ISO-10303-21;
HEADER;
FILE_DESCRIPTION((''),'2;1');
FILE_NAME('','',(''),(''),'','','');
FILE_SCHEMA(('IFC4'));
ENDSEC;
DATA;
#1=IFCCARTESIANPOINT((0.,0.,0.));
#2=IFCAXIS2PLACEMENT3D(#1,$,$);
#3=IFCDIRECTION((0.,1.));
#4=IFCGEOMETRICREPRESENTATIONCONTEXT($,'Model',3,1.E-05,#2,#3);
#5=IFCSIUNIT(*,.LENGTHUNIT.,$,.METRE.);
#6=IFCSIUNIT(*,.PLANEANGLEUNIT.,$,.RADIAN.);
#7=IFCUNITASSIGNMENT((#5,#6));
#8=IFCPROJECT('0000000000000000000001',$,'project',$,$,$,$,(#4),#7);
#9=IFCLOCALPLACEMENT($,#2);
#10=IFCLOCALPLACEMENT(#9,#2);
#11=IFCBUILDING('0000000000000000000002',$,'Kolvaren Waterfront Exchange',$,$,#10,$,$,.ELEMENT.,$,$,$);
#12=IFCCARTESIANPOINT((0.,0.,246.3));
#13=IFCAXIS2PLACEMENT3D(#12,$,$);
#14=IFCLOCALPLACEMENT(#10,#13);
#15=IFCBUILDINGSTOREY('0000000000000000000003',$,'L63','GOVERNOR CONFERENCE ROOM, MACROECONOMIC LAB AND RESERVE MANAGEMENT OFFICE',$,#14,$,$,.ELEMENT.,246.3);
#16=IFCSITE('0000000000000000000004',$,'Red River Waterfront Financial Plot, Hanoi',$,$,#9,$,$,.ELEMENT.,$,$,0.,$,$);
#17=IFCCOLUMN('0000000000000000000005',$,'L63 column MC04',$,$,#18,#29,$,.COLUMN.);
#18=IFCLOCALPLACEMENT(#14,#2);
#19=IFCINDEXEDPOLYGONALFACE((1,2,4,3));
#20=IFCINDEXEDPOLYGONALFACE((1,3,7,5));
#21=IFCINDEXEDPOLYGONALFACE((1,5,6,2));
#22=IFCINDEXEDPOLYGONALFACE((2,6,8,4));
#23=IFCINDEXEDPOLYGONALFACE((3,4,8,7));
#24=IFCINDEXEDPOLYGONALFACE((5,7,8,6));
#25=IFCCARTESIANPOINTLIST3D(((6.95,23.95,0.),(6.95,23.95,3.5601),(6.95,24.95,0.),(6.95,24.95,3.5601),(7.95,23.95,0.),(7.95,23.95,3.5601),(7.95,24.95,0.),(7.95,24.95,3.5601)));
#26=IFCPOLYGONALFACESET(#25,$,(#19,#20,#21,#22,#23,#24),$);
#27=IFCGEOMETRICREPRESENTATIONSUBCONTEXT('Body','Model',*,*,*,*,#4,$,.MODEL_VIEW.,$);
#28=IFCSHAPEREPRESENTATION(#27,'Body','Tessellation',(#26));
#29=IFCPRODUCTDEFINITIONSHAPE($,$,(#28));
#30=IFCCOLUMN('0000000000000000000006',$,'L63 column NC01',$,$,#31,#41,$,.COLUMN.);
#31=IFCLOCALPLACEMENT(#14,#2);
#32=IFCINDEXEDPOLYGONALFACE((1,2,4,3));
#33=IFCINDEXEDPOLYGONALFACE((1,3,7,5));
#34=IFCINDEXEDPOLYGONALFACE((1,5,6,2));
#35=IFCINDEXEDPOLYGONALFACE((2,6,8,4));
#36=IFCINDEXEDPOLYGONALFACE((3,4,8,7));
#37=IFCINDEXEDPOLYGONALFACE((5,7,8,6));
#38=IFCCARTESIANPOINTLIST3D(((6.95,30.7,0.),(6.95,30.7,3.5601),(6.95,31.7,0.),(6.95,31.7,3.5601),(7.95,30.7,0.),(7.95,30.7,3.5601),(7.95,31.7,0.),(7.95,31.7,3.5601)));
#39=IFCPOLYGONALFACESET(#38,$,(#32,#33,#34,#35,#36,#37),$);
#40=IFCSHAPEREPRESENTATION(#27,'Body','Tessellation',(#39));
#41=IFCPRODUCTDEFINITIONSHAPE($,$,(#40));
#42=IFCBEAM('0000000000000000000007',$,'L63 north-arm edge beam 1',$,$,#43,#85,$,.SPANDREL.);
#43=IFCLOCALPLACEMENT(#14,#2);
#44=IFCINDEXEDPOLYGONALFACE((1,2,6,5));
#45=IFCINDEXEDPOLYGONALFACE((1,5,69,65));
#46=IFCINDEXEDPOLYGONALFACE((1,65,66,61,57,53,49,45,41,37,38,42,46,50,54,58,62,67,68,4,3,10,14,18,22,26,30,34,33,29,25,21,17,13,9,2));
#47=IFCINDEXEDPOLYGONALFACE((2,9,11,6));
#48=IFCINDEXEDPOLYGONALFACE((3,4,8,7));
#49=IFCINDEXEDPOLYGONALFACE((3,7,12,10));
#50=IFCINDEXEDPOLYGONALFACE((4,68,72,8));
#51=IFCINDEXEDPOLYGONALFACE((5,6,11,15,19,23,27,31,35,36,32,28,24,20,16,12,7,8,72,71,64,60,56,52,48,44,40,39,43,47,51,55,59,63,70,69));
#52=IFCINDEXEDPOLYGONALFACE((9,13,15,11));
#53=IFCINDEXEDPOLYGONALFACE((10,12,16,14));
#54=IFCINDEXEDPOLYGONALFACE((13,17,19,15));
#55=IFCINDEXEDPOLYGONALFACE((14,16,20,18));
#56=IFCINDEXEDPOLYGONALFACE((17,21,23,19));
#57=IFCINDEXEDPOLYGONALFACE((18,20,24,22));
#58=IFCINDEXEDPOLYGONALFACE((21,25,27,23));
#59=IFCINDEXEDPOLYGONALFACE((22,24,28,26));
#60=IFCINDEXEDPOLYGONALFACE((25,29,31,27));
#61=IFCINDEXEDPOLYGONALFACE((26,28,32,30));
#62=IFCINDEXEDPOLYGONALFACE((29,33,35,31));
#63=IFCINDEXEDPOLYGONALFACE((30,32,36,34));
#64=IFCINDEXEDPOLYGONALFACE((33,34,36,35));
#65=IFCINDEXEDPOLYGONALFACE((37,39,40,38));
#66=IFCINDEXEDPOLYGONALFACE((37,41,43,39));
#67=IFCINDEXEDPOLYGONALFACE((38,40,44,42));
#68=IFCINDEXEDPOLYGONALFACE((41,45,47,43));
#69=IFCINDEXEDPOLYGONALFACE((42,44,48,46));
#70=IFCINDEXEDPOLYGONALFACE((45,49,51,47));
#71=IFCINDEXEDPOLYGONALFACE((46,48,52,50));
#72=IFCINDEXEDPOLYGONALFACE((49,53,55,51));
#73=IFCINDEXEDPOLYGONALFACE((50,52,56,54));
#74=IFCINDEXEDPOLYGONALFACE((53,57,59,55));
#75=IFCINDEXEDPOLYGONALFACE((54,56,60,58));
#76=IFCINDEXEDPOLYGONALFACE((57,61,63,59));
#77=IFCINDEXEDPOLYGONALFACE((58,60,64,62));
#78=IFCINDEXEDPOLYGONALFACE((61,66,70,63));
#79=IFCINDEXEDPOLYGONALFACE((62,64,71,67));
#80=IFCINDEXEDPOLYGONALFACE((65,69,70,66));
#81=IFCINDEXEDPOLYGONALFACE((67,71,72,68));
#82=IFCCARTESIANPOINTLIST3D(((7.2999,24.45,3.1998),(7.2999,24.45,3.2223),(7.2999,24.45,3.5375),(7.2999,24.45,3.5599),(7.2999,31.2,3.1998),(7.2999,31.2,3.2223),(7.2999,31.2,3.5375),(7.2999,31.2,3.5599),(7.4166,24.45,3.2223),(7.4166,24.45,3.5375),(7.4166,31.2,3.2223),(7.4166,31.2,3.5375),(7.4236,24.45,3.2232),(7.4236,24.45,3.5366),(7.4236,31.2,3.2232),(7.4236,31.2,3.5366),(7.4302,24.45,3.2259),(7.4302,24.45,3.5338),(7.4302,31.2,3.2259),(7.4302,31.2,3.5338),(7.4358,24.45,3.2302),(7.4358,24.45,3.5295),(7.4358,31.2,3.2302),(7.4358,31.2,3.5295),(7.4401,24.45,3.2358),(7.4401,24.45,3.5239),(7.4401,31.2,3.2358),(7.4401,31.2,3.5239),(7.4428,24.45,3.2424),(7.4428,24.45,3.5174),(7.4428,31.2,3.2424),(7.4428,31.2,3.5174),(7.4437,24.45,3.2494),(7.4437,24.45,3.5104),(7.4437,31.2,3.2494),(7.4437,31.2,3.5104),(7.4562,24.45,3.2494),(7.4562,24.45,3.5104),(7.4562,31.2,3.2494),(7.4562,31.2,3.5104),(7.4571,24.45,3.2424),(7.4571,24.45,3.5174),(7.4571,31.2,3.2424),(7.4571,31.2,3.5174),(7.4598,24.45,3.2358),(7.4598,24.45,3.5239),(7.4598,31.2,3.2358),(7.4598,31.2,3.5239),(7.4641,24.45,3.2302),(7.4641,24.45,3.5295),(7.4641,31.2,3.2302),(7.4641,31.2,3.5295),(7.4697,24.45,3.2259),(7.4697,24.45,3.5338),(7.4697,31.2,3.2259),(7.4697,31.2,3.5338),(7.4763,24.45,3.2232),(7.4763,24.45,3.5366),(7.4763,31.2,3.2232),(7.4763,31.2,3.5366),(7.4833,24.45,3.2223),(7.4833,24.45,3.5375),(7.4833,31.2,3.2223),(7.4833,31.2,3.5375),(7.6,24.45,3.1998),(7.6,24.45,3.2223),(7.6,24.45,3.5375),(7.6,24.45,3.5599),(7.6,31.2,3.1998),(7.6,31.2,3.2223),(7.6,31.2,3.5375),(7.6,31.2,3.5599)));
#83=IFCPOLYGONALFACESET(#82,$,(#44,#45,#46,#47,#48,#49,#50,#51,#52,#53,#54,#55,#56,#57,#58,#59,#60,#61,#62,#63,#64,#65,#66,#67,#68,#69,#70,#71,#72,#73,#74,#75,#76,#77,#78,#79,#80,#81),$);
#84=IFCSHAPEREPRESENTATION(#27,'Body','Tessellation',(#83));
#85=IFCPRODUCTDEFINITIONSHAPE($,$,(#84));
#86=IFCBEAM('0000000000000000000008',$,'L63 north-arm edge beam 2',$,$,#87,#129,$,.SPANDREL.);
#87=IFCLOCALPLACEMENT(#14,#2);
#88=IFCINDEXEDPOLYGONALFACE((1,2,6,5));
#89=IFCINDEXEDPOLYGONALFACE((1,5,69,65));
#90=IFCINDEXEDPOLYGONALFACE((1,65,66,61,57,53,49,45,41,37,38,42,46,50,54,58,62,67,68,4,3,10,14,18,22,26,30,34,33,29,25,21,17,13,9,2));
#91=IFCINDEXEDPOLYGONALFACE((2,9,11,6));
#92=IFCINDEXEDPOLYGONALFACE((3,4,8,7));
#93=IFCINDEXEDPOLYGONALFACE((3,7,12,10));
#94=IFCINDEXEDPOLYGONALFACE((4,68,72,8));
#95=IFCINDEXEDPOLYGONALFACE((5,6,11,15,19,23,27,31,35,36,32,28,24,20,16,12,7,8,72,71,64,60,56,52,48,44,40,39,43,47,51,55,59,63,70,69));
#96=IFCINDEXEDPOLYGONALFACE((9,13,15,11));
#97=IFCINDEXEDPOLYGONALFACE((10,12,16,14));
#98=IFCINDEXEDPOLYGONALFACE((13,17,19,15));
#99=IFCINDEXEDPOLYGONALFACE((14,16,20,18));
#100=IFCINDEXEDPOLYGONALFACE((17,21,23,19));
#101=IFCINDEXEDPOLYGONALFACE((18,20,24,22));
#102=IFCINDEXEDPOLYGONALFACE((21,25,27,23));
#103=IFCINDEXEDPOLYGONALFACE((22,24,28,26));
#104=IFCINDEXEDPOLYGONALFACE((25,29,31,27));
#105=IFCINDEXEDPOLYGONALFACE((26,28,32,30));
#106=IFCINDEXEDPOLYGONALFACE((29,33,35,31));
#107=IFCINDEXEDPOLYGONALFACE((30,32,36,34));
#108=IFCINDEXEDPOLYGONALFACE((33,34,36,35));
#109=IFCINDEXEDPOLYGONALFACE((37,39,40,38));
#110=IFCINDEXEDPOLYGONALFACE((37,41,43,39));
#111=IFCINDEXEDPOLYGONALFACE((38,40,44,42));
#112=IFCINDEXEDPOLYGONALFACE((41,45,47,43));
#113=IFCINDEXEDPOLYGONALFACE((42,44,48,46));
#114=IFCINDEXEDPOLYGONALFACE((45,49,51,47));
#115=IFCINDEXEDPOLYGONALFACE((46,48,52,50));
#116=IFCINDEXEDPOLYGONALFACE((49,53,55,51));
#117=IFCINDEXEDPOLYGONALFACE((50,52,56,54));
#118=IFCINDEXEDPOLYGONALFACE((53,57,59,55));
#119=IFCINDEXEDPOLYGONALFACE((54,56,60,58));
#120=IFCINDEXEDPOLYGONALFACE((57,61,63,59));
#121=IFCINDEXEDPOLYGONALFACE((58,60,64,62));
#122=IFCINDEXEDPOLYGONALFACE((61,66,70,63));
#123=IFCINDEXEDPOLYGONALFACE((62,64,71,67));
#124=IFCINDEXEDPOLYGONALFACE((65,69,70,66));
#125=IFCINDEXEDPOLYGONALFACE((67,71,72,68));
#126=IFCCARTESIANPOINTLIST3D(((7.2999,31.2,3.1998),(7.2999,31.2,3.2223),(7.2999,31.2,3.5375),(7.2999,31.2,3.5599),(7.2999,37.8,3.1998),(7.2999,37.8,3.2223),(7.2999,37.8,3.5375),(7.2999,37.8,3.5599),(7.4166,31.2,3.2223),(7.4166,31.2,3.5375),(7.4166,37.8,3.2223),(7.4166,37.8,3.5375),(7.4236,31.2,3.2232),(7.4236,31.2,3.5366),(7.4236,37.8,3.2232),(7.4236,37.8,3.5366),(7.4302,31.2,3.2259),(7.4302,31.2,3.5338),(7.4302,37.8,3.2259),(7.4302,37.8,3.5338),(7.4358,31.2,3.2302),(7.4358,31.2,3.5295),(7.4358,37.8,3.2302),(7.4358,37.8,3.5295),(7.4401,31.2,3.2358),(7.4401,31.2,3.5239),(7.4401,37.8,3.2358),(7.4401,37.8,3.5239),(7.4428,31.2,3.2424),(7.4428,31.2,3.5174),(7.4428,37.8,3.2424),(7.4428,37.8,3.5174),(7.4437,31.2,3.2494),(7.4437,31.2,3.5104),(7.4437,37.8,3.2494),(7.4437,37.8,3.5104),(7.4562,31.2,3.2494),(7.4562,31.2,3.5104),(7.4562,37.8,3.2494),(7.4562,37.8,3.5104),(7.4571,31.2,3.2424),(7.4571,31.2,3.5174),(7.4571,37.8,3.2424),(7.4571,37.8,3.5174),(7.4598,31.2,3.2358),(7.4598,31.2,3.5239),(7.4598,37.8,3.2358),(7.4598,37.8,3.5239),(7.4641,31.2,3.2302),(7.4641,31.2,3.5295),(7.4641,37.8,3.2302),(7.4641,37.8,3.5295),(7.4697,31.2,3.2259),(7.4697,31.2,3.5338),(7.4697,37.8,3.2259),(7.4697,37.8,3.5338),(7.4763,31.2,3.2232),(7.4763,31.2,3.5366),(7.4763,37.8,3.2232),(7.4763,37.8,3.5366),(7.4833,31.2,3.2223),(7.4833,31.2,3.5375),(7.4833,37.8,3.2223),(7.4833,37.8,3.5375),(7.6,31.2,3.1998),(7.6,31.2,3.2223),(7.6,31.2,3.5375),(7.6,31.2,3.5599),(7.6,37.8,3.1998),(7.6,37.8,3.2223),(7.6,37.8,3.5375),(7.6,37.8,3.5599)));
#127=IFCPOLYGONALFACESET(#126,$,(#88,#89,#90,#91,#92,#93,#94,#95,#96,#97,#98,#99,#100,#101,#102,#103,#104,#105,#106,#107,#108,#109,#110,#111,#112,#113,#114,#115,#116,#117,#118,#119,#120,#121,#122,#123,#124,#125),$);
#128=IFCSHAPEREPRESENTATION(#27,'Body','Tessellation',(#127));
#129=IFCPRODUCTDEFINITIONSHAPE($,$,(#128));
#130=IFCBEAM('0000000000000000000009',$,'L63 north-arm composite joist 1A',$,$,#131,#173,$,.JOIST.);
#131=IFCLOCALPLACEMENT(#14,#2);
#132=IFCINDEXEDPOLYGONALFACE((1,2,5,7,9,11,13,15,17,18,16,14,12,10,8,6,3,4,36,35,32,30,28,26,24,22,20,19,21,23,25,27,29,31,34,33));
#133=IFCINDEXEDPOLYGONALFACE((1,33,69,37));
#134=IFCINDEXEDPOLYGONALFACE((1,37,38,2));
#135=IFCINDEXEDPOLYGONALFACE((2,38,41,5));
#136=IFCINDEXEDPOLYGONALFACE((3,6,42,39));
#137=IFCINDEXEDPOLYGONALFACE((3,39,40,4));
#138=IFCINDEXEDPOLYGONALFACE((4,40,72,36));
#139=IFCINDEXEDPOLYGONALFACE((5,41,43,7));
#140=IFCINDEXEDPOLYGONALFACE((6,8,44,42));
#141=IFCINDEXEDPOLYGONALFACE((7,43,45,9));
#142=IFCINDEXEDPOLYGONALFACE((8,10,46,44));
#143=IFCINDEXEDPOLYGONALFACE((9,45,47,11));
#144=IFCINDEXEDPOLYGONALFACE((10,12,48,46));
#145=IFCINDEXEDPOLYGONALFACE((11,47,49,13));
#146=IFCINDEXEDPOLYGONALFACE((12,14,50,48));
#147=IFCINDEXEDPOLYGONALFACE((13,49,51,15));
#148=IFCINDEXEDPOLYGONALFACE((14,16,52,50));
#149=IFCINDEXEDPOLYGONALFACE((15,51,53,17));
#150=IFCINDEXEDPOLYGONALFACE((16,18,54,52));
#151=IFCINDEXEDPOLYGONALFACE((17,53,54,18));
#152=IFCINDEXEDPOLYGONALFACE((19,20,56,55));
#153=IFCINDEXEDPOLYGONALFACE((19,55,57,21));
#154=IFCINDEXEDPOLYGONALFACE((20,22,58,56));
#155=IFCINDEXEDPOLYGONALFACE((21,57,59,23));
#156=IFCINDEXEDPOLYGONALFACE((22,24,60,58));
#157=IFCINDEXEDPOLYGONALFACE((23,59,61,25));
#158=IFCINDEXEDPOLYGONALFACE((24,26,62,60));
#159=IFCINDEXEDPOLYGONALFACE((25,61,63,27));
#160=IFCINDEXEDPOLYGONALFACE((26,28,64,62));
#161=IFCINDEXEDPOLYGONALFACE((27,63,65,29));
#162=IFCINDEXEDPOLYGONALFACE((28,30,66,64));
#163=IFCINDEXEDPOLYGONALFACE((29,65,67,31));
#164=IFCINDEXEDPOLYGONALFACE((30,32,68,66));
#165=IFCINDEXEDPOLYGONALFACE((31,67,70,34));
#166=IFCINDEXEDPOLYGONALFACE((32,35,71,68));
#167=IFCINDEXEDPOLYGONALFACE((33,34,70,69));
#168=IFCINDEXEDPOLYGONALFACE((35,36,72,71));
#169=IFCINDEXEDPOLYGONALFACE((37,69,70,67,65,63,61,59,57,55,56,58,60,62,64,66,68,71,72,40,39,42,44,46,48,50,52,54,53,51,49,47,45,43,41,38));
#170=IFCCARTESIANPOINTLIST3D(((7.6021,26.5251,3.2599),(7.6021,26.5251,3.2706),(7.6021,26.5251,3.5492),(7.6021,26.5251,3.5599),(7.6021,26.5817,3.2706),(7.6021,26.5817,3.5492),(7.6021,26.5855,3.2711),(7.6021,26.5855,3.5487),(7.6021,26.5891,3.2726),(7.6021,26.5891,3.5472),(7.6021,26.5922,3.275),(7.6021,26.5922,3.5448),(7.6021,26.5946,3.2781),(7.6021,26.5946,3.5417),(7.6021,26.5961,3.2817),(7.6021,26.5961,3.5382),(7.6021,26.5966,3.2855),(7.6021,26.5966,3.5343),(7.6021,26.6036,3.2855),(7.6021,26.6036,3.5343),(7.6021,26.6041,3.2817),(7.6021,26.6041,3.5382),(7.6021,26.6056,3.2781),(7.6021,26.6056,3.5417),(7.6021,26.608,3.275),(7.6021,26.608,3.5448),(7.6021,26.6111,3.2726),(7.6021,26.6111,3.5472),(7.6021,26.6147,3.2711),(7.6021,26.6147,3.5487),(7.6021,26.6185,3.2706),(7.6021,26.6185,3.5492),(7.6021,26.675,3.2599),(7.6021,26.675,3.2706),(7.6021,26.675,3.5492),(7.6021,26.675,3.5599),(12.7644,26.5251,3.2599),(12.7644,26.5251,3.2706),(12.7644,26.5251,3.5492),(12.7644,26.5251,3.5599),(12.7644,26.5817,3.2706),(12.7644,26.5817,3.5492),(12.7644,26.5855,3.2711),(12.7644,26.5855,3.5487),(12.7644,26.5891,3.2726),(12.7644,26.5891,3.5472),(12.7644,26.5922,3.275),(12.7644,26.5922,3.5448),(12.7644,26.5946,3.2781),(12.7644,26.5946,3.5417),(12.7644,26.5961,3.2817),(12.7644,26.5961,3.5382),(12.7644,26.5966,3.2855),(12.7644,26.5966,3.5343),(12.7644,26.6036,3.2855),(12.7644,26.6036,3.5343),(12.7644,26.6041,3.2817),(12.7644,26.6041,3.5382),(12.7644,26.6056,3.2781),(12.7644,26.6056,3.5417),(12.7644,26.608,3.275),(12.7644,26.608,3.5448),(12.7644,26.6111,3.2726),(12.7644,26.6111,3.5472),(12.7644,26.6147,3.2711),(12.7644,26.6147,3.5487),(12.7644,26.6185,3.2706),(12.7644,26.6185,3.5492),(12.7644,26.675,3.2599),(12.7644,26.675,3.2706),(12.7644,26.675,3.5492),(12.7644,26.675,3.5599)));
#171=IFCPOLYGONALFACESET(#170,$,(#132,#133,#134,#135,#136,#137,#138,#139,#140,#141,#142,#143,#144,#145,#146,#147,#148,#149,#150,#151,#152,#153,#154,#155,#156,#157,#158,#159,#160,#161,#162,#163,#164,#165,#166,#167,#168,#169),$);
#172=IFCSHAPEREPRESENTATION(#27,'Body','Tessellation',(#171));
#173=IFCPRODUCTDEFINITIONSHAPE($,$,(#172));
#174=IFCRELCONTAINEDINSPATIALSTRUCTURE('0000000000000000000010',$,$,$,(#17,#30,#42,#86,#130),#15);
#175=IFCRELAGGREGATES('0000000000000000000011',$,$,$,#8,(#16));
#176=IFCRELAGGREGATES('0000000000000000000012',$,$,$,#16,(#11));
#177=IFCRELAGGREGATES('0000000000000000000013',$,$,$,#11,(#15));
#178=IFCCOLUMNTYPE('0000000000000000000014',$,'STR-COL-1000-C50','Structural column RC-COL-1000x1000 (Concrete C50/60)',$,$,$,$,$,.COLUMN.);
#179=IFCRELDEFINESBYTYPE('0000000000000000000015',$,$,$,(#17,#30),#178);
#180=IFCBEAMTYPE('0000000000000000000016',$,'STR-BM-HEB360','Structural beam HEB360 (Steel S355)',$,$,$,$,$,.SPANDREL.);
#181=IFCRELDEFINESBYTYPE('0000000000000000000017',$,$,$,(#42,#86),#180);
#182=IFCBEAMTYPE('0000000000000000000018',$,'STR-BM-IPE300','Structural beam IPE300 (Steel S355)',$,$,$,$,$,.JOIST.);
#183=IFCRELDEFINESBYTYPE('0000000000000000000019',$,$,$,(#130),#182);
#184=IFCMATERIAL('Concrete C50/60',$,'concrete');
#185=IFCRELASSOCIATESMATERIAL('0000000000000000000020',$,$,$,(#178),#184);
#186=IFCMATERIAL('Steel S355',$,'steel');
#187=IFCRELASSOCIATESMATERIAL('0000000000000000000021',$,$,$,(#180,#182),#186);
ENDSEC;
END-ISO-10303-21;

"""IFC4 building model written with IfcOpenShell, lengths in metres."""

from ifc_helpers import new_model, si_unit, direction, frame, origin, origin_2d, place, context, subcontext, project, spatial, rectangle, i_section, extrude, material, material_profile, profile_set, type_object, element, save


model = new_model("IFC4")

# Units and contexts
model_context = context("Model", 3, precision=1e-05, world=origin(), true_north=direction((0.0, 1.0)))
body_context = subcontext(model_context, "Body", "Model", "MODEL_VIEW")
ifc_project = project(units=[si_unit("LENGTHUNIT", "METRE"), si_unit("PLANEANGLEUNIT", "RADIAN")], contexts=[model_context])

# Site, building, storey
site_placement = place(None, origin())
site = spatial("IfcSite", under=ifc_project, at=site_placement, Name="Red River Waterfront Financial Plot, Hanoi", CompositionType="ELEMENT", RefElevation=0.0)
building_placement = place(site_placement, origin())
building = spatial("IfcBuilding", under=site, at=building_placement, Name="Kolvaren Waterfront Exchange", CompositionType="ELEMENT")
storey_placement = place(building_placement, frame((0.0, 0.0, 246.3)))
storey = spatial("IfcBuildingStorey", under=building, at=storey_placement, Name="L63", Description="GOVERNOR CONFERENCE ROOM, MACROECONOMIC LAB AND RESERVE MANAGEMENT OFFICE", CompositionType="ELEMENT", Elevation=246.3)

# Columns
ifc_material_1 = material(Name="Concrete C50/60", Category="concrete")
ifc_material_profile_1 = material_profile(ifc_material_1, rectangle(XDim=1.0, YDim=1.0, at=origin_2d()), Name="RC-COL-1000x1000")
ifc_profile_set_1 = profile_set([ifc_material_profile_1], Name="Concrete C50/60")
column_type = type_object("IfcColumnType", Name="STR-COL-1000-C50", Description="Structural column RC-COL-1000x1000 (Concrete C50/60)", PredefinedType="COLUMN", material=ifc_profile_set_1)
for number, where, z_axis, x_axis, name in (
    (1, (7.45, 24.45, 0.0), (0.0, 0.0, 1.0), (1.0, 0.0, 0.0), "L63 column MC04"),
    (2, (7.45, 31.2, 0.0), (0.0, 0.0, 1.0), (1.0, 0.0, 0.0), "L63 column NC01"),
):
    element("IfcColumn", number, at=place(storey_placement, frame(where, z_axis=z_axis, x_axis=x_axis)), inside=storey, type_object=column_type, Name=name, PredefinedType="COLUMN", context=body_context, shape_type="SweptSolid", body=[
        extrude(rectangle(XDim=1.0, YDim=1.0, at=origin_2d()), origin(), (0.0, 0.0, 1.0), 3.5601),
    ])

# Beams
ifc_material_2 = material(Name="Steel S355", Category="steel")
ifc_material_profile_2 = material_profile(ifc_material_2, i_section(OverallWidth=0.3, OverallDepth=0.3601, WebThickness=0.0125, FlangeThickness=0.0225, FilletRadius=0.0271, at=origin_2d()), Name="HEB360")
ifc_profile_set_2 = profile_set([ifc_material_profile_2], Name="Steel S355")
beam_type_1 = type_object("IfcBeamType", Name="STR-BM-HEB360", Description="Structural beam HEB360 (Steel S355)", PredefinedType="SPANDREL", material=ifc_profile_set_2)
beam_1_placement = place(storey_placement, frame((7.45, 24.45, 3.3799), z_axis=(0.0, 1.0, 0.0), x_axis=(-1.0, 0.0, 0.0)))
element("IfcBeam", 3, at=beam_1_placement, inside=storey, type_object=beam_type_1, Name="L63 north-arm edge beam 1", PredefinedType="SPANDREL", context=body_context, shape_type="SweptSolid", body=[
    extrude(i_section(OverallWidth=0.3, OverallDepth=0.3601, WebThickness=0.0125, FlangeThickness=0.0225, FilletRadius=0.0271, at=origin_2d()), origin(), (0.0, 0.0, 1.0), 6.75),
])
beam_2_placement = place(storey_placement, frame((7.45, 31.2, 3.3799), z_axis=(0.0, 1.0, 0.0), x_axis=(-1.0, 0.0, 0.0)))
element("IfcBeam", 4, at=beam_2_placement, inside=storey, type_object=beam_type_1, Name="L63 north-arm edge beam 2", PredefinedType="SPANDREL", context=body_context, shape_type="SweptSolid", body=[
    extrude(i_section(OverallWidth=0.3, OverallDepth=0.3601, WebThickness=0.0125, FlangeThickness=0.0225, FilletRadius=0.0271, at=origin_2d()), origin(), (0.0, 0.0, 1.0), 6.6001),
])
ifc_material_profile_3 = material_profile(ifc_material_2, i_section(OverallWidth=0.1499, OverallDepth=0.3, WebThickness=0.0071, FlangeThickness=0.0107, FilletRadius=0.0149, at=origin_2d()), Name="IPE300")
ifc_profile_set_3 = profile_set([ifc_material_profile_3], Name="Steel S355")
beam_type_2 = type_object("IfcBeamType", Name="STR-BM-IPE300", Description="Structural beam IPE300 (Steel S355)", PredefinedType="JOIST", material=ifc_profile_set_3)
for number, where, z_axis, x_axis, name in (
    (5, (7.6021, 26.6001, 3.4099), (1.0, 0.0, 0.0), (0.0, 1.0, 0.0), "L63 north-arm composite joist 1A"),
):
    element("IfcBeam", number, at=place(storey_placement, frame(where, z_axis=z_axis, x_axis=x_axis)), inside=storey, type_object=beam_type_2, Name=name, PredefinedType="JOIST", context=body_context, shape_type="SweptSolid", body=[
        extrude(i_section(OverallWidth=0.1499, OverallDepth=0.3, WebThickness=0.0071, FlangeThickness=0.0107, FilletRadius=0.0149, at=origin_2d()), origin(), (0.0, 0.0, 1.0), 5.1624),
    ])

save(model, "model.ifc")
